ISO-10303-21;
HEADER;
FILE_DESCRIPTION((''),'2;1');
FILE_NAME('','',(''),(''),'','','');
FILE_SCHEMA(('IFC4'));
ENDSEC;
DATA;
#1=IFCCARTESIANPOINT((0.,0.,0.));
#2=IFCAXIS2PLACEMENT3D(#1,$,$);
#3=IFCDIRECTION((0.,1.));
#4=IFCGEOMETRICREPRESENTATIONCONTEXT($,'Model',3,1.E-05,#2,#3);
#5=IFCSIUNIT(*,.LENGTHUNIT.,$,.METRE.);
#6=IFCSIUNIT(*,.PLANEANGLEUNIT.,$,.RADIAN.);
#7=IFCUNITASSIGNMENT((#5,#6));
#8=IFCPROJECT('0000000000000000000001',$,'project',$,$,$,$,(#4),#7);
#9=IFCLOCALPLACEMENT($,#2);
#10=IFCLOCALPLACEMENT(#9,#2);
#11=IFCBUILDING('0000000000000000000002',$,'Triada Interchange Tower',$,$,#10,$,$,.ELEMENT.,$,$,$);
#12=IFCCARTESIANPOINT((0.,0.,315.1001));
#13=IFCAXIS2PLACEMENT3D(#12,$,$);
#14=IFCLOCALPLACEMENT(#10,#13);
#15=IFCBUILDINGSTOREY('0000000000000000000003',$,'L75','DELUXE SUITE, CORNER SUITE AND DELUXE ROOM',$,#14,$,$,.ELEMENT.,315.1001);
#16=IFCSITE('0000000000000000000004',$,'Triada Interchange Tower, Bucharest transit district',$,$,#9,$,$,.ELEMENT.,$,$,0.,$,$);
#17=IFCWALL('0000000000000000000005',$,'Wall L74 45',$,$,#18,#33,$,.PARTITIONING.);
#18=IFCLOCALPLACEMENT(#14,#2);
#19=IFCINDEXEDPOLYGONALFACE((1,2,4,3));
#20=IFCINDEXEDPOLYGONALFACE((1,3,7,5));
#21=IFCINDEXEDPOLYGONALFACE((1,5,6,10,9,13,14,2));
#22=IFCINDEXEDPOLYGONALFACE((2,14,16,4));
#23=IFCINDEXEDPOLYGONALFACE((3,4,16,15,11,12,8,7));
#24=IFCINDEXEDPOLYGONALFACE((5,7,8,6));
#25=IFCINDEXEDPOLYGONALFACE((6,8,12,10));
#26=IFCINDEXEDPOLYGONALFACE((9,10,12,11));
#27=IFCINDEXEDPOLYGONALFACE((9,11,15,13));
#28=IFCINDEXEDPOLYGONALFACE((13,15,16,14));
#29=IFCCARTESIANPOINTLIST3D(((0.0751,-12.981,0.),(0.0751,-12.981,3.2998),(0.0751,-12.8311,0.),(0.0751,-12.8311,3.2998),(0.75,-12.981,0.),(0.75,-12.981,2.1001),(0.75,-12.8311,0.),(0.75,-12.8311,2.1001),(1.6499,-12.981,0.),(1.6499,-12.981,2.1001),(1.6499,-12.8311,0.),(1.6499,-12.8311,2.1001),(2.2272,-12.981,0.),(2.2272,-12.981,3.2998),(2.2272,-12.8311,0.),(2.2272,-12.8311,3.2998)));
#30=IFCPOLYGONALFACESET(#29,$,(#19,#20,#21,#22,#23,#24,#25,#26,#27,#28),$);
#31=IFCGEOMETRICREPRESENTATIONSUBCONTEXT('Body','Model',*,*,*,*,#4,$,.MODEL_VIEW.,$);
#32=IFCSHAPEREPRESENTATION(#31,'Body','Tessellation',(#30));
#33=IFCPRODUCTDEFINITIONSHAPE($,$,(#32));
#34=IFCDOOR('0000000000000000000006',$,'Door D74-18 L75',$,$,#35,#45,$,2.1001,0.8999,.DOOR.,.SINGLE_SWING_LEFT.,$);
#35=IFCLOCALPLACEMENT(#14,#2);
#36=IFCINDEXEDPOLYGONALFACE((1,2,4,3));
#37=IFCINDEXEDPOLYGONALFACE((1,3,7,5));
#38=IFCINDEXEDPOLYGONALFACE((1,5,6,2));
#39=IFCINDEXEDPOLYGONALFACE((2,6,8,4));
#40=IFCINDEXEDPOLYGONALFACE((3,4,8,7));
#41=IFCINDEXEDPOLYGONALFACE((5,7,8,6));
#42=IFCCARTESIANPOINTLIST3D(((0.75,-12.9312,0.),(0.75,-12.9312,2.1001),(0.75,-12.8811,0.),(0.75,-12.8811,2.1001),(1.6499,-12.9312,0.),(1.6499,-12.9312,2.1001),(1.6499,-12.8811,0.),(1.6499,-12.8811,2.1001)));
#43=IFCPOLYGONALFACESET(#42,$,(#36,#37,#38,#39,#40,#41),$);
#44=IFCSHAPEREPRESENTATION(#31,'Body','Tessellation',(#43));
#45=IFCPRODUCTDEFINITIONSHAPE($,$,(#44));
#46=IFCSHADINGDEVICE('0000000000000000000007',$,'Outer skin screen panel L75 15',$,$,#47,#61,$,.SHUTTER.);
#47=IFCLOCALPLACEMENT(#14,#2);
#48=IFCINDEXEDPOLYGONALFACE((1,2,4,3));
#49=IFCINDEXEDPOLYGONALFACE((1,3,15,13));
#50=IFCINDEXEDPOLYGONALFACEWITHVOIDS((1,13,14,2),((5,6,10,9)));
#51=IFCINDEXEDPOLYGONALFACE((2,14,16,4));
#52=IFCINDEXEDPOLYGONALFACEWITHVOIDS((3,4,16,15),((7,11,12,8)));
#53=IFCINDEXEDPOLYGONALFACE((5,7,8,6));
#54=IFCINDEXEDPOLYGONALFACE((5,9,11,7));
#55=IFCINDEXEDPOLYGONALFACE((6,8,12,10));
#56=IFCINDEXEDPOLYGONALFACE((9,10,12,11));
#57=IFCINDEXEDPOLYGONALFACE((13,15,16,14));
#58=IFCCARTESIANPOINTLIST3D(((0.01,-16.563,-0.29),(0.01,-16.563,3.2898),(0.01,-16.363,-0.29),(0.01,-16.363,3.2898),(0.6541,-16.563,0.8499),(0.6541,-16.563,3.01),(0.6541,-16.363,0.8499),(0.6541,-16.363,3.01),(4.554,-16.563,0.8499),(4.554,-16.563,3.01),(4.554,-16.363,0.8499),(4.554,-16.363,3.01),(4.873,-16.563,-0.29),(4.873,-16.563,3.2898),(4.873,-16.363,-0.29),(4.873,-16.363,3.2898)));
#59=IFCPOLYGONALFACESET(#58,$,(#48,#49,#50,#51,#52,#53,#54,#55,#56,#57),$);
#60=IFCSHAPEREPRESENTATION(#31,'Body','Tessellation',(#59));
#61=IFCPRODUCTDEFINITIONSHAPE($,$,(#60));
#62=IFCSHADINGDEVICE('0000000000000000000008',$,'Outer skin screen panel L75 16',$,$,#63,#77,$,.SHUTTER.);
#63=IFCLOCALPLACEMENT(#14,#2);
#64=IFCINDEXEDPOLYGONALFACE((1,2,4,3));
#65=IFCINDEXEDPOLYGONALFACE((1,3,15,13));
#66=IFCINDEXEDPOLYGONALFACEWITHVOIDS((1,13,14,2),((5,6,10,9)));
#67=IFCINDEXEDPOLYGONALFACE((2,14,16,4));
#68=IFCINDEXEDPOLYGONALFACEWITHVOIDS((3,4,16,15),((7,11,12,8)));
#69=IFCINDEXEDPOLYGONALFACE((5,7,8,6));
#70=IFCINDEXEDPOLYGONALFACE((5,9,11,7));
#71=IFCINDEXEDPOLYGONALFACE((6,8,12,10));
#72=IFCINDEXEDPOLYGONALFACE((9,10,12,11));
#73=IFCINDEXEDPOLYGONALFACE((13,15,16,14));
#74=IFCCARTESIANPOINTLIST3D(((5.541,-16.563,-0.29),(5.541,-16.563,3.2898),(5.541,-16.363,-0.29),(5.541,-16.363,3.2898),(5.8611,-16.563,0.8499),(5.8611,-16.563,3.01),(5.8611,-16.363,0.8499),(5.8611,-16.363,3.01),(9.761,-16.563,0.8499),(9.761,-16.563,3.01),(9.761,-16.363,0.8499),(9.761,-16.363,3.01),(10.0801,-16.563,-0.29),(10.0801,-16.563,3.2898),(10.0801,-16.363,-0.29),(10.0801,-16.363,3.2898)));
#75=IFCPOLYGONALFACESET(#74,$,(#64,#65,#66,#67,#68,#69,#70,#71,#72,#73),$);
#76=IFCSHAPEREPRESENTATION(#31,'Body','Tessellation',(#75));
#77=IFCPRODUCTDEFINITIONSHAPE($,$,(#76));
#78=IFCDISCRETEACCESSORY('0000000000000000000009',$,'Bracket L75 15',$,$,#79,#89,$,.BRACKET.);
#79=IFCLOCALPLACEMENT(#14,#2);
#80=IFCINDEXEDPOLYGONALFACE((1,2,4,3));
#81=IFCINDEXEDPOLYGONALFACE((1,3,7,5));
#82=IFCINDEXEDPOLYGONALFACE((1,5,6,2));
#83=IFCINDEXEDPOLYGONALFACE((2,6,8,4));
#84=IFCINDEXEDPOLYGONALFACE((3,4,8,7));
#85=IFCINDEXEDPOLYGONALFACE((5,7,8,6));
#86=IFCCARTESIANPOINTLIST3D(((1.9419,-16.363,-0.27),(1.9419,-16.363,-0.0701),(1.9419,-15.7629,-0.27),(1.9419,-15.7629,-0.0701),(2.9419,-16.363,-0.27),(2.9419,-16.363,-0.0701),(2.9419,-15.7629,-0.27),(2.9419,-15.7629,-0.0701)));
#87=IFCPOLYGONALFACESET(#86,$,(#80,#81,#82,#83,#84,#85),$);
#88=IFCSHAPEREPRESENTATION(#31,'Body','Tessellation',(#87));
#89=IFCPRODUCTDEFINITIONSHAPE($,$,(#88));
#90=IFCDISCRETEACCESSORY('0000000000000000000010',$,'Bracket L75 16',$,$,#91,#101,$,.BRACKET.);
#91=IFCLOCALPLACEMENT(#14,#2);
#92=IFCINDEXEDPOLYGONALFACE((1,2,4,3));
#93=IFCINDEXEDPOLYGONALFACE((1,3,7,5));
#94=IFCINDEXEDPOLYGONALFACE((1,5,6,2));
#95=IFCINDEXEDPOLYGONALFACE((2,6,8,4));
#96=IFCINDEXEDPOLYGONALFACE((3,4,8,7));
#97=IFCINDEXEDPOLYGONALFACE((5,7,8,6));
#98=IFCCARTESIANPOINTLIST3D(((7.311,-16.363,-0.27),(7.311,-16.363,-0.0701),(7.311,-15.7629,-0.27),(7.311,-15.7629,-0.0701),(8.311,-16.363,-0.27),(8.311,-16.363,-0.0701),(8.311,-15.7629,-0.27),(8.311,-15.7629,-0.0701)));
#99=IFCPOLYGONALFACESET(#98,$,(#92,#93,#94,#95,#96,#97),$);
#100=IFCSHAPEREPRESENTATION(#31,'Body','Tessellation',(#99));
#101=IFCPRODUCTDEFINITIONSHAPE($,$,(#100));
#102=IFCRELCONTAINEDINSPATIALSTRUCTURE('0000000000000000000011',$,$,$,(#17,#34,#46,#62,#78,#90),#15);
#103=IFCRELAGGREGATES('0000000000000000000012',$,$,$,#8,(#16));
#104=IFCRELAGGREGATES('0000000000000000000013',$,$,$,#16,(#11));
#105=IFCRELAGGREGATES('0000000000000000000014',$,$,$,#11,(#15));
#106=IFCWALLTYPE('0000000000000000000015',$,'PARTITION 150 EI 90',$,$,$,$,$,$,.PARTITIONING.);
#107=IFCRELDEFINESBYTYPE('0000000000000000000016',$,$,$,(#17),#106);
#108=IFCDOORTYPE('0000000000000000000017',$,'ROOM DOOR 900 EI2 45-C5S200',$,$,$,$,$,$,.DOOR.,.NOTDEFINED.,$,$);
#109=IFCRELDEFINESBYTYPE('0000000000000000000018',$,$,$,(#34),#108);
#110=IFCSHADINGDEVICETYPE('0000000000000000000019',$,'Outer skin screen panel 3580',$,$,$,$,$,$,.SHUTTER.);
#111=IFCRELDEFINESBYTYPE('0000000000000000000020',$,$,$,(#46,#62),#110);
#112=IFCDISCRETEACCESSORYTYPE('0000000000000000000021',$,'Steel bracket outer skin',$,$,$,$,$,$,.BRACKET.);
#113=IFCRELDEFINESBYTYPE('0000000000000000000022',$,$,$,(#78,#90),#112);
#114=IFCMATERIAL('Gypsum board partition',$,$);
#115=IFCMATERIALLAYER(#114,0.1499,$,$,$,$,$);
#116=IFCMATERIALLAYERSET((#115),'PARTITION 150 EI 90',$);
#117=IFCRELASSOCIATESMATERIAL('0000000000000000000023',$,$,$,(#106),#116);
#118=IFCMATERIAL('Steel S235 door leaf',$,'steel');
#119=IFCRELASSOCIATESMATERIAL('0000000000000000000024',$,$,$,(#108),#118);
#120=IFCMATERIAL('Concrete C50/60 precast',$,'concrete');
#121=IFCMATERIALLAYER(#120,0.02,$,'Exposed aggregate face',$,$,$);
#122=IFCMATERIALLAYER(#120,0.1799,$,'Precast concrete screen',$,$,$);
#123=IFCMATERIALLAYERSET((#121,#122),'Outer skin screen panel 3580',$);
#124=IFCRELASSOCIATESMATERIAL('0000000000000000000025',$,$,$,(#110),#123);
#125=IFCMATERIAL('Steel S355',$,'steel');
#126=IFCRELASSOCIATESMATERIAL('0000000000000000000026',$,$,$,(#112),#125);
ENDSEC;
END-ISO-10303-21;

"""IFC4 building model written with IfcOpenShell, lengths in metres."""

from ifc_helpers import new_model, si_unit, direction, frame, frame_2d, origin, origin_2d, place, context, subcontext, project, spatial, polyline, rectangle, outline, extrude, material, layer, layer_set, type_object, element, fill, save


model = new_model("IFC4")

# Units and contexts
model_context = context("Model", 3, precision=1e-05, world=origin(), true_north=direction((0.0, 1.0)))
body_context = subcontext(model_context, "Body", "Model", "MODEL_VIEW")
ifc_project = project(units=[si_unit("LENGTHUNIT", "METRE"), si_unit("PLANEANGLEUNIT", "RADIAN")], contexts=[model_context])

# Site, building, storey
site_placement = place(None, origin())
site = spatial("IfcSite", under=ifc_project, at=site_placement, Name="Triada Interchange Tower, Bucharest transit district", CompositionType="ELEMENT", RefElevation=0.0)
building_placement = place(site_placement, origin())
building = spatial("IfcBuilding", under=site, at=building_placement, Name="Triada Interchange Tower", CompositionType="ELEMENT")
storey_placement = place(building_placement, frame((0.0, 0.0, 315.1001)))
storey = spatial("IfcBuildingStorey", under=building, at=storey_placement, Name="L75", Description="DELUXE SUITE, CORNER SUITE AND DELUXE ROOM", CompositionType="ELEMENT", Elevation=315.1001)

# Shared definitions
ifc_material_1 = material(Name="Gypsum board partition")
ifc_layer_1 = layer(ifc_material_1, 0.1499)
ifc_layer_set_1 = layer_set([ifc_layer_1], Name="PARTITION 150 EI 90")
wall_type_1 = type_object("IfcWallType", Name="PARTITION 150 EI 90", PredefinedType="PARTITIONING", material=ifc_layer_set_1)

# Wall, opening, door
wall_1_placement = place(storey_placement, frame((0.075, -12.906, 0.0), z_axis=(0.0, 0.0, 1.0), x_axis=(1.0, 0.0, 0.0)))
wall_1 = element("IfcWall", 1, at=wall_1_placement, inside=storey, type_object=wall_type_1, Name="Wall L74 45", PredefinedType="PARTITIONING", context=body_context, shape_type="SweptSolid", body=[
    extrude(rectangle(XDim=2.1521, YDim=0.1499, at=frame_2d((1.0762, 0.0))), origin(), (0.0, 0.0, 1.0), 3.2998),
])
opening_placement = place(wall_1_placement, frame((0.675, 0.0, 0.0)))
opening = element("IfcOpeningElement", 2, at=opening_placement, cuts=wall_1, PredefinedType="OPENING", context=body_context, shape_type="SweptSolid", body=[
    extrude(rectangle(XDim=0.8999, YDim=2.1001, at=frame_2d((0.45, 1.05))), frame((0.0, 0.085, 0.0), z_axis=(0.0, -1.0, 0.0), x_axis=(1.0, 0.0, 0.0)), (0.0, 0.0, 1.0), 0.1699),
])
ifc_material_2 = material(Name="Steel S235 door leaf", Category="steel")
door_type = type_object("IfcDoorType", Name="ROOM DOOR 900 EI2 45-C5S200", OperationType="NOTDEFINED", PredefinedType="DOOR", material=ifc_material_2)
door_placement = place(opening_placement, origin())
door = element("IfcDoor", 3, at=door_placement, inside=storey, type_object=door_type, Name="Door D74-18 L75", OperationType="SINGLE_SWING_LEFT", OverallHeight=2.1001, OverallWidth=0.8999, PredefinedType="DOOR", context=body_context, shape_type="SweptSolid", body=[
    extrude(rectangle(XDim=0.8999, YDim=2.1001, at=frame_2d((0.45, 1.05))), frame((0.0, 0.0249, 0.0), z_axis=(0.0, -1.0, 0.0), x_axis=(1.0, 0.0, 0.0)), (0.0, 0.0, 1.0), 0.05),
])
fill(opening, door)

# Shading devices
ifc_material_3 = material(Name="Concrete C50/60 precast", Category="concrete")
ifc_layer_2 = layer(ifc_material_3, 0.02, Name="Exposed aggregate face")
ifc_layer_3 = layer(ifc_material_3, 0.1799, Name="Precast concrete screen")
ifc_layer_set_2 = layer_set([ifc_layer_2, ifc_layer_3], Name="Outer skin screen panel 3580")
shading_device_type = type_object("IfcShadingDeviceType", Name="Outer skin screen panel 3580", PredefinedType="SHUTTER", material=ifc_layer_set_2)
shading_device_1_placement = place(storey_placement, frame((0.01, -16.363, -0.29), z_axis=(0.0, 0.0, 1.0), x_axis=(1.0, 0.0, 0.0)))
element("IfcShadingDevice", 4, at=shading_device_1_placement, inside=storey, type_object=shading_device_type, Name="Outer skin screen panel L75 15", PredefinedType="SHUTTER", context=body_context, shape_type="SweptSolid", body=[
    extrude(outline(polyline([(0.0, 0.0), (4.863, 0.0), (4.863, 3.5798), (0.0, 3.5798), (0.0, 0.0)]), holes=[polyline([(0.644, 1.1399), (0.644, 3.3), (4.5439, 3.3), (4.5439, 1.1399), (0.644, 1.1399)])]), frame((0.0, 0.0, 0.0), z_axis=(0.0, -1.0, 0.0), x_axis=(1.0, 0.0, 0.0)), (0.0, 0.0, 1.0), 0.2),
])
shading_device_2_placement = place(storey_placement, frame((5.541, -16.363, -0.29), z_axis=(0.0, 0.0, 1.0), x_axis=(1.0, 0.0, 0.0)))
element("IfcShadingDevice", 5, at=shading_device_2_placement, inside=storey, type_object=shading_device_type, Name="Outer skin screen panel L75 16", PredefinedType="SHUTTER", context=body_context, shape_type="SweptSolid", body=[
    extrude(outline(polyline([(0.0, 0.0), (4.5391, 0.0), (4.5391, 3.5798), (0.0, 3.5798), (0.0, 0.0)]), holes=[polyline([(0.3201, 1.1399), (0.3201, 3.3), (4.22, 3.3), (4.22, 1.1399), (0.3201, 1.1399)])]), frame((0.0, 0.0, 0.0), z_axis=(0.0, -1.0, 0.0), x_axis=(1.0, 0.0, 0.0)), (0.0, 0.0, 1.0), 0.2),
])

# Discrete accessories
ifc_material_4 = material(Name="Steel S355", Category="steel")
discrete_accessory_type = type_object("IfcDiscreteAccessoryType", Name="Steel bracket outer skin", PredefinedType="BRACKET", material=ifc_material_4)
for number, where, z_axis, x_axis, name in (
    (6, (2.4419, -16.063, -0.27), (0.0, 0.0, 1.0), (0.0, -1.0, 0.0), "Bracket L75 15"),
    (7, (7.811, -16.063, -0.27), (0.0, 0.0, 1.0), (0.0, -1.0, 0.0), "Bracket L75 16"),
):
    element("IfcDiscreteAccessory", number, at=place(storey_placement, frame(where, z_axis=z_axis, x_axis=x_axis)), inside=storey, type_object=discrete_accessory_type, Name=name, PredefinedType="BRACKET", context=body_context, shape_type="SweptSolid", body=[
        extrude(rectangle(XDim=0.6001, YDim=1.0, at=origin_2d()), origin(), (0.0, 0.0, 1.0), 0.2),
    ])

save(model, "model.ifc")
